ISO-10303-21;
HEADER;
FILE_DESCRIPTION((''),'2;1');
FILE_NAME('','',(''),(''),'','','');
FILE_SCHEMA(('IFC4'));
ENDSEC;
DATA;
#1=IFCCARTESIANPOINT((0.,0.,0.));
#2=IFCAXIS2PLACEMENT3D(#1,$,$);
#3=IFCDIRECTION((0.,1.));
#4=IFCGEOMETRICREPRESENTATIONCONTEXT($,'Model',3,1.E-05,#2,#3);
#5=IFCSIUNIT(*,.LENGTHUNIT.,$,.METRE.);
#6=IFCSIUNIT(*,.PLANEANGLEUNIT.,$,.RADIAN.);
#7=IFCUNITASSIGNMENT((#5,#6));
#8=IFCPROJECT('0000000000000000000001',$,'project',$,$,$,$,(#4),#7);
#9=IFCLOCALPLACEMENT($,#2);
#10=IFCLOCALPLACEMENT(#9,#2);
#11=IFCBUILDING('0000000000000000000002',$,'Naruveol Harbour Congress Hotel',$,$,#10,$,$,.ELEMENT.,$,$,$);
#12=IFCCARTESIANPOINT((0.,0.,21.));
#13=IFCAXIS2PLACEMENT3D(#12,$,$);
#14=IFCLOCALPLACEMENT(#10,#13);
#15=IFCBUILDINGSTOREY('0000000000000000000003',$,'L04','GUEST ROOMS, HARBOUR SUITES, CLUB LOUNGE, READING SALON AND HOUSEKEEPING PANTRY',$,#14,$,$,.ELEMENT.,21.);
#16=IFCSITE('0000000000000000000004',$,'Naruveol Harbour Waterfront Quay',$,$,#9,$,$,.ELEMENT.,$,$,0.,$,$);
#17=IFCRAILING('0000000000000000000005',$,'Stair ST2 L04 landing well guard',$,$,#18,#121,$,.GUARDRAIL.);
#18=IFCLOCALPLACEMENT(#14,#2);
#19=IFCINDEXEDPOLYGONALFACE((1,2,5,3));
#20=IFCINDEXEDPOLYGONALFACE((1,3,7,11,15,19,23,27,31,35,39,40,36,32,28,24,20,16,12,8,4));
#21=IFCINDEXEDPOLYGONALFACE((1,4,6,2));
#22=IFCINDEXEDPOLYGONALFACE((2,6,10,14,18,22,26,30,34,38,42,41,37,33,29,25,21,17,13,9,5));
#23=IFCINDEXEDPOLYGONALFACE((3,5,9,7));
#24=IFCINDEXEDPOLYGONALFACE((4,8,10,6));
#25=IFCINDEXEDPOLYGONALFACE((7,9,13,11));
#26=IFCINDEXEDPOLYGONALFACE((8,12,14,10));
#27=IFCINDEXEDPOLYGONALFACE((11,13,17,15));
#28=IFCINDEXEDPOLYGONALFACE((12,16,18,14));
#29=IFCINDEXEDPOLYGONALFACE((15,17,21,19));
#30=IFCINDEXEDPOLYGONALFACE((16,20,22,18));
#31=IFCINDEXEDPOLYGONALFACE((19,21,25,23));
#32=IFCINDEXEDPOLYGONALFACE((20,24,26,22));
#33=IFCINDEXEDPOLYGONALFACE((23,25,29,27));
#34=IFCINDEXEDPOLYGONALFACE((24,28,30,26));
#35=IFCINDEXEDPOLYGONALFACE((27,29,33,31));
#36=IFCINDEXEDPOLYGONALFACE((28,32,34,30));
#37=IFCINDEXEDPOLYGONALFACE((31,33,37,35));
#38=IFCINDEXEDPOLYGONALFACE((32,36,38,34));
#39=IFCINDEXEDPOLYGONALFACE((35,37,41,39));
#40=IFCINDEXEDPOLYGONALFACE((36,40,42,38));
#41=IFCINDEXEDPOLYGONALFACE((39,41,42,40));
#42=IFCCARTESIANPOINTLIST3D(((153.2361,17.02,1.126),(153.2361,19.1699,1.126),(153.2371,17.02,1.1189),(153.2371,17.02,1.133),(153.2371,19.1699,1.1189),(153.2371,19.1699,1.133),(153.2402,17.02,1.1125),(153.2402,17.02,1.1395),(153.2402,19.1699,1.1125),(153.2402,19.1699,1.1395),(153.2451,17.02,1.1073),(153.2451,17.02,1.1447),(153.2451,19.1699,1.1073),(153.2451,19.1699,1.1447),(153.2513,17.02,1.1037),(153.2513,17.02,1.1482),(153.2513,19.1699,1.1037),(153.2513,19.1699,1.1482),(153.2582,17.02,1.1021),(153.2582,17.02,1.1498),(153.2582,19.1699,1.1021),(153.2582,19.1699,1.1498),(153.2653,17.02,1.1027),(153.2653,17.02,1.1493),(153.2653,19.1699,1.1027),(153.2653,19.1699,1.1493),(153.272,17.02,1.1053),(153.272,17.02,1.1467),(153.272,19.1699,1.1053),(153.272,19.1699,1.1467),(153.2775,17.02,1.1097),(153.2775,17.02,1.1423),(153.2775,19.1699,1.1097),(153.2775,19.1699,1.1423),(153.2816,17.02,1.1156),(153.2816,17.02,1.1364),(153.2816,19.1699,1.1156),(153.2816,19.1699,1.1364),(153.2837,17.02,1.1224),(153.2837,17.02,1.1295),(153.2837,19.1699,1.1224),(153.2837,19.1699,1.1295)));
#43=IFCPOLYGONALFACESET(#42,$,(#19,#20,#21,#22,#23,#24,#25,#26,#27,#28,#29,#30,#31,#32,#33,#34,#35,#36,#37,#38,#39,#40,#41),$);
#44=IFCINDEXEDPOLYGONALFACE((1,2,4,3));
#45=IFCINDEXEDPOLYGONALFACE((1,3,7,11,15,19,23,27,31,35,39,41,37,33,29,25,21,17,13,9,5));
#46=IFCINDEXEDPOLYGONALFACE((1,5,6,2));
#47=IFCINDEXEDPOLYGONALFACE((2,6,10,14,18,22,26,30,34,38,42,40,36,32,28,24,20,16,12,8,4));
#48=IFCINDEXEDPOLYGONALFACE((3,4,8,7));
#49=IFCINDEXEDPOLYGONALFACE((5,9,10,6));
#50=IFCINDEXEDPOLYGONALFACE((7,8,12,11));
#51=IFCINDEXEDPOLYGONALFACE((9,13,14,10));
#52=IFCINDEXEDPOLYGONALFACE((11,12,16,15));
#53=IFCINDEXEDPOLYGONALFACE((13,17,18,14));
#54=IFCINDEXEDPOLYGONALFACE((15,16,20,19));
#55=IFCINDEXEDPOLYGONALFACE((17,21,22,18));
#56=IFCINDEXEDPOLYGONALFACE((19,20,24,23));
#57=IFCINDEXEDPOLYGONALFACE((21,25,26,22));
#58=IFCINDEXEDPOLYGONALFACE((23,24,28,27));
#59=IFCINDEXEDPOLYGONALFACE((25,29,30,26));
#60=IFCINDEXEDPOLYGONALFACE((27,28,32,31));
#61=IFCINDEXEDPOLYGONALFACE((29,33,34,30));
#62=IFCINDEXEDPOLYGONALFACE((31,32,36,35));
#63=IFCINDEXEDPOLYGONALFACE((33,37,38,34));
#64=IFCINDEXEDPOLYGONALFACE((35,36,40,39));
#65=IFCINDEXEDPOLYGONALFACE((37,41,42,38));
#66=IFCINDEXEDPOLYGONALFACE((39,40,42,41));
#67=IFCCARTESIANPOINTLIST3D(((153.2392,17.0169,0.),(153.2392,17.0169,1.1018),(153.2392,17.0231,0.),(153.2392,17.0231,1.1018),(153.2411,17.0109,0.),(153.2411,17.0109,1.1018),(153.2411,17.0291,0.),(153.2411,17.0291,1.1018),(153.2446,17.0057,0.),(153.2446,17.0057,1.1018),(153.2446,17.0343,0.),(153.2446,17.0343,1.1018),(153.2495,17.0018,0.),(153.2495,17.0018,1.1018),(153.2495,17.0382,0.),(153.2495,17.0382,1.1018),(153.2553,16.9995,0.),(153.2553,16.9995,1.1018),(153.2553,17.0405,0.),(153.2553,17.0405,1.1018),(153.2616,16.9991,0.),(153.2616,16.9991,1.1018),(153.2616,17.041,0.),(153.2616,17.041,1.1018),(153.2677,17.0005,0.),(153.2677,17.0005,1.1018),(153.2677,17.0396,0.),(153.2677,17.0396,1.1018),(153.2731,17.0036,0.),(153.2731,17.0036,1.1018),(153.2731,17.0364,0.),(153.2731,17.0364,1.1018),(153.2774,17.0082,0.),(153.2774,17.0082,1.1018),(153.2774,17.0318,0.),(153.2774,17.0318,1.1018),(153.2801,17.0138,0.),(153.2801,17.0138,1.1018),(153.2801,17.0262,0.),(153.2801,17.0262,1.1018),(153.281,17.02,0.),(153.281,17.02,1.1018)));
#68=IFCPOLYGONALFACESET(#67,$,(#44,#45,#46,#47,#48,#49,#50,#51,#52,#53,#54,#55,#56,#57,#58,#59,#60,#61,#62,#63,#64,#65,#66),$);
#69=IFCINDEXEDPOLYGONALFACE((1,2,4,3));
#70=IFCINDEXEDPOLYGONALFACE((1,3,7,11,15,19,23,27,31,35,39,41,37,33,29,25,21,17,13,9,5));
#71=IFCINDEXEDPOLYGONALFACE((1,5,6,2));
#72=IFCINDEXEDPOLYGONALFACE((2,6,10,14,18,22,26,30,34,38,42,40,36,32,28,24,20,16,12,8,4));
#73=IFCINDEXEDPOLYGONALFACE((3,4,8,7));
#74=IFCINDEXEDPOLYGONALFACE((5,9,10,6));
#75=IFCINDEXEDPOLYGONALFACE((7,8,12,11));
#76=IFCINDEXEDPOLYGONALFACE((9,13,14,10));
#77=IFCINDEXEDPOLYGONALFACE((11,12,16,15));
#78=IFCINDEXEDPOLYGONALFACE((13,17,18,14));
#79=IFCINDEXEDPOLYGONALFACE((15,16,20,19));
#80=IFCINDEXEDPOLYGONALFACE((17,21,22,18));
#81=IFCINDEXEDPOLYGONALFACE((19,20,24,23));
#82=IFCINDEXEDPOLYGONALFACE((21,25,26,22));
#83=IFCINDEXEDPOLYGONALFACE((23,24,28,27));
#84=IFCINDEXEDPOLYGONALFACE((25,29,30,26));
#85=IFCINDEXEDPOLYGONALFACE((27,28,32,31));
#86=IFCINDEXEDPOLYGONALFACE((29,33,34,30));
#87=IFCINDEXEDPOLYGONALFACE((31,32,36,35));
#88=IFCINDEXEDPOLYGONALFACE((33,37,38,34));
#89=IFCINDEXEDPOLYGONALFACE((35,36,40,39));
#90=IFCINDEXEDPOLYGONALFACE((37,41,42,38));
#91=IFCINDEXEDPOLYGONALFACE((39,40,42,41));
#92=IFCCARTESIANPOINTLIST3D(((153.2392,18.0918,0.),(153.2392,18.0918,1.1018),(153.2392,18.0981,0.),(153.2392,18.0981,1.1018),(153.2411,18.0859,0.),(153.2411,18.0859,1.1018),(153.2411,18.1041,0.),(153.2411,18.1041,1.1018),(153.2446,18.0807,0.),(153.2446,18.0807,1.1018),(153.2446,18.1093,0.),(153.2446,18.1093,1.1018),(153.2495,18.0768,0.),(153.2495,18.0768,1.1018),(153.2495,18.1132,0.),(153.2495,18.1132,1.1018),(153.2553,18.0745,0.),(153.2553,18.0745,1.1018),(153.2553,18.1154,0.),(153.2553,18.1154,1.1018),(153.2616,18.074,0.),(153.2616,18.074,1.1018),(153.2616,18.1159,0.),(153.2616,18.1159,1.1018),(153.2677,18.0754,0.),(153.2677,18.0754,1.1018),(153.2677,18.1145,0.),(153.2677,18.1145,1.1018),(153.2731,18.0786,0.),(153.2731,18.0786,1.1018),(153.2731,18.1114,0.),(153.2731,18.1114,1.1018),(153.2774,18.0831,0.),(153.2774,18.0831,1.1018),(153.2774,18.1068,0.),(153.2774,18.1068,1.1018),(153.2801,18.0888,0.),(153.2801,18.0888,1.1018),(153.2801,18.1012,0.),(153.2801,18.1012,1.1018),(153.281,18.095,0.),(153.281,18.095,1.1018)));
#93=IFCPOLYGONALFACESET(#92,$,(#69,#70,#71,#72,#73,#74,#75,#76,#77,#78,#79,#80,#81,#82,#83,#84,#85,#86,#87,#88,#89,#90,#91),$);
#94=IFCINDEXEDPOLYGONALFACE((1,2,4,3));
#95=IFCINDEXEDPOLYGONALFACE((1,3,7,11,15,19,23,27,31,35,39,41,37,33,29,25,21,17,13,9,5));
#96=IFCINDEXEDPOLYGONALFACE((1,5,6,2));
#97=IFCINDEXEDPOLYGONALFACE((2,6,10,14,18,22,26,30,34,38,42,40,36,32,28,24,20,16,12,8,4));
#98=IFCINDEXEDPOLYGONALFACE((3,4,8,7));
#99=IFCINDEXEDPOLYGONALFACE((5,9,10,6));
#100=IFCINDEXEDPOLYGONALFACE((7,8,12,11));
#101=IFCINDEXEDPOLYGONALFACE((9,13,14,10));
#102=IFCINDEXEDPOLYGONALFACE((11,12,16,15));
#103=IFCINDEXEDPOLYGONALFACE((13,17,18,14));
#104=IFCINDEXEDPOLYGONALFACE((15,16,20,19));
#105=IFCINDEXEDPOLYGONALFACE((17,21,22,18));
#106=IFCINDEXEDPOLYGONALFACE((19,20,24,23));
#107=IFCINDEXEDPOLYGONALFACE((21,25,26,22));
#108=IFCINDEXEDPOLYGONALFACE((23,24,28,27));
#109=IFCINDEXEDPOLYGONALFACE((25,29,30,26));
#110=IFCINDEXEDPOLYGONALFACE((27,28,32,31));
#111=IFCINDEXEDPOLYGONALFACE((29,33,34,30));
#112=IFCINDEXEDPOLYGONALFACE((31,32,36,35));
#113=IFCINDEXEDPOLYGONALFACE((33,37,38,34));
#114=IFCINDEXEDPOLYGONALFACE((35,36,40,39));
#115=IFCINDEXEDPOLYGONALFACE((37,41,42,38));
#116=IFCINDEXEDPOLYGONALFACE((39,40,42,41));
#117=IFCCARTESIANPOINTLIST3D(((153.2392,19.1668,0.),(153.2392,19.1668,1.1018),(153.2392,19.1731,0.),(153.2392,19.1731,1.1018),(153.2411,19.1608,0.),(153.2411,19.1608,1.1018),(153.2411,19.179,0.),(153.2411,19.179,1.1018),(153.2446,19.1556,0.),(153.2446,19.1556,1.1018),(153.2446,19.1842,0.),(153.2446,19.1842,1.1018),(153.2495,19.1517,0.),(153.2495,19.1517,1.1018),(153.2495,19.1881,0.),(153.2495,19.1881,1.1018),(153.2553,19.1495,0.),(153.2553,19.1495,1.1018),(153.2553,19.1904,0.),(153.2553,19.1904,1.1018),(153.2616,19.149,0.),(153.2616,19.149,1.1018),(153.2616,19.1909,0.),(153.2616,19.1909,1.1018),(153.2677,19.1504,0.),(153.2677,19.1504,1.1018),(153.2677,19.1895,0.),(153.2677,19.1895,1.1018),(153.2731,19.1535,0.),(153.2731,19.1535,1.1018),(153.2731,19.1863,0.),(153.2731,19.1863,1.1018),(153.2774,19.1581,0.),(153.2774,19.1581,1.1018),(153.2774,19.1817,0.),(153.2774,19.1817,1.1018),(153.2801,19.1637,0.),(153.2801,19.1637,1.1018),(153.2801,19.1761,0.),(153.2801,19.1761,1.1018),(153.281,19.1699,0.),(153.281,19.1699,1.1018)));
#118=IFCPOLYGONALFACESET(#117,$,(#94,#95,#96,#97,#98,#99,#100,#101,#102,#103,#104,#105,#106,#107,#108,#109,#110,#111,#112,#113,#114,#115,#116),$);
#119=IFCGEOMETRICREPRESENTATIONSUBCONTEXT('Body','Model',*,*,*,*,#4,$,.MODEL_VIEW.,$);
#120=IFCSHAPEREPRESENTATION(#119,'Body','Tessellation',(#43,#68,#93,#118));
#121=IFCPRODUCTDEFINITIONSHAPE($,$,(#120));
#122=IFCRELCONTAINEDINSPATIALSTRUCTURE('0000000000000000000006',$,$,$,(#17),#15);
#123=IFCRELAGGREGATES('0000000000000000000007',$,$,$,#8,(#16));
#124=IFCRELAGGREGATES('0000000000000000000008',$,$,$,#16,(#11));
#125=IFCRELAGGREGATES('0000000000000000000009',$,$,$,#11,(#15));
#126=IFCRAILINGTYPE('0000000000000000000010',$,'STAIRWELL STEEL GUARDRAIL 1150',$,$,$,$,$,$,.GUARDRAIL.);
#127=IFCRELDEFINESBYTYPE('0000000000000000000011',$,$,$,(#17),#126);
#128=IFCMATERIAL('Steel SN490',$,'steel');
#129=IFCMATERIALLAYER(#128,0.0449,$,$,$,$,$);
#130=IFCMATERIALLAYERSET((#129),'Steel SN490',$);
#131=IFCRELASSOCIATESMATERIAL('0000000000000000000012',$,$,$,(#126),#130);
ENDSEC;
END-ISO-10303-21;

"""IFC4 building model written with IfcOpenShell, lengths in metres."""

from ifc_helpers import new_model, si_unit, direction, frame, origin, origin_2d, place, context, subcontext, project, spatial, circle, extrude, material, layer, layer_set, type_object, element, save


model = new_model("IFC4")

# Units and contexts
model_context = context("Model", 3, precision=1e-05, world=origin(), true_north=direction((0.0, 1.0)))
body_context = subcontext(model_context, "Body", "Model", "MODEL_VIEW")
ifc_project = project(units=[si_unit("LENGTHUNIT", "METRE"), si_unit("PLANEANGLEUNIT", "RADIAN")], contexts=[model_context])

# Site, building, storey
site_placement = place(None, origin())
site = spatial("IfcSite", under=ifc_project, at=site_placement, Name="Naruveol Harbour Waterfront Quay", CompositionType="ELEMENT", RefElevation=0.0)
building_placement = place(site_placement, origin())
building = spatial("IfcBuilding", under=site, at=building_placement, Name="Naruveol Harbour Congress Hotel", CompositionType="ELEMENT")
storey_placement = place(building_placement, frame((0.0, 0.0, 21.0)))
storey = spatial("IfcBuildingStorey", under=building, at=storey_placement, Name="L04", Description="GUEST ROOMS, HARBOUR SUITES, CLUB LOUNGE, READING SALON AND HOUSEKEEPING PANTRY", CompositionType="ELEMENT", Elevation=21.0)

# Railing
ifc_material_1 = material(Name="Steel SN490", Category="steel")
ifc_layer_1 = layer(ifc_material_1, 0.0449)
ifc_layer_set_1 = layer_set([ifc_layer_1], Name="Steel SN490")
railing_type = type_object("IfcRailingType", Name="STAIRWELL STEEL GUARDRAIL 1150", PredefinedType="GUARDRAIL", material=ifc_layer_set_1)
railing_placement = place(storey_placement, frame((153.26, 17.02, 0.0)))
element("IfcRailing", 1, at=railing_placement, inside=storey, type_object=railing_type, Name="Stair ST2 L04 landing well guard", PredefinedType="GUARDRAIL", context=body_context, shape_type="SweptSolid", body=[
    extrude(circle(Radius=0.0239, at=origin_2d()), frame((0.0, 0.0, 1.126), z_axis=(0.0, 1.0, 0.0), x_axis=(-1.0, 0.0, 0.0)), (0.0, 0.0, 1.0), 2.1499),
    extrude(circle(Radius=0.021, at=origin_2d()), origin(), (0.0, 0.0, 1.0), 1.1018),
    extrude(circle(Radius=0.021, at=origin_2d()), frame((0.0, 1.075, 0.0)), (0.0, 0.0, 1.0), 1.1018),
    extrude(circle(Radius=0.021, at=origin_2d()), frame((0.0, 2.1499, 0.0)), (0.0, 0.0, 1.0), 1.1018),
])

save(model, "model.ifc")
